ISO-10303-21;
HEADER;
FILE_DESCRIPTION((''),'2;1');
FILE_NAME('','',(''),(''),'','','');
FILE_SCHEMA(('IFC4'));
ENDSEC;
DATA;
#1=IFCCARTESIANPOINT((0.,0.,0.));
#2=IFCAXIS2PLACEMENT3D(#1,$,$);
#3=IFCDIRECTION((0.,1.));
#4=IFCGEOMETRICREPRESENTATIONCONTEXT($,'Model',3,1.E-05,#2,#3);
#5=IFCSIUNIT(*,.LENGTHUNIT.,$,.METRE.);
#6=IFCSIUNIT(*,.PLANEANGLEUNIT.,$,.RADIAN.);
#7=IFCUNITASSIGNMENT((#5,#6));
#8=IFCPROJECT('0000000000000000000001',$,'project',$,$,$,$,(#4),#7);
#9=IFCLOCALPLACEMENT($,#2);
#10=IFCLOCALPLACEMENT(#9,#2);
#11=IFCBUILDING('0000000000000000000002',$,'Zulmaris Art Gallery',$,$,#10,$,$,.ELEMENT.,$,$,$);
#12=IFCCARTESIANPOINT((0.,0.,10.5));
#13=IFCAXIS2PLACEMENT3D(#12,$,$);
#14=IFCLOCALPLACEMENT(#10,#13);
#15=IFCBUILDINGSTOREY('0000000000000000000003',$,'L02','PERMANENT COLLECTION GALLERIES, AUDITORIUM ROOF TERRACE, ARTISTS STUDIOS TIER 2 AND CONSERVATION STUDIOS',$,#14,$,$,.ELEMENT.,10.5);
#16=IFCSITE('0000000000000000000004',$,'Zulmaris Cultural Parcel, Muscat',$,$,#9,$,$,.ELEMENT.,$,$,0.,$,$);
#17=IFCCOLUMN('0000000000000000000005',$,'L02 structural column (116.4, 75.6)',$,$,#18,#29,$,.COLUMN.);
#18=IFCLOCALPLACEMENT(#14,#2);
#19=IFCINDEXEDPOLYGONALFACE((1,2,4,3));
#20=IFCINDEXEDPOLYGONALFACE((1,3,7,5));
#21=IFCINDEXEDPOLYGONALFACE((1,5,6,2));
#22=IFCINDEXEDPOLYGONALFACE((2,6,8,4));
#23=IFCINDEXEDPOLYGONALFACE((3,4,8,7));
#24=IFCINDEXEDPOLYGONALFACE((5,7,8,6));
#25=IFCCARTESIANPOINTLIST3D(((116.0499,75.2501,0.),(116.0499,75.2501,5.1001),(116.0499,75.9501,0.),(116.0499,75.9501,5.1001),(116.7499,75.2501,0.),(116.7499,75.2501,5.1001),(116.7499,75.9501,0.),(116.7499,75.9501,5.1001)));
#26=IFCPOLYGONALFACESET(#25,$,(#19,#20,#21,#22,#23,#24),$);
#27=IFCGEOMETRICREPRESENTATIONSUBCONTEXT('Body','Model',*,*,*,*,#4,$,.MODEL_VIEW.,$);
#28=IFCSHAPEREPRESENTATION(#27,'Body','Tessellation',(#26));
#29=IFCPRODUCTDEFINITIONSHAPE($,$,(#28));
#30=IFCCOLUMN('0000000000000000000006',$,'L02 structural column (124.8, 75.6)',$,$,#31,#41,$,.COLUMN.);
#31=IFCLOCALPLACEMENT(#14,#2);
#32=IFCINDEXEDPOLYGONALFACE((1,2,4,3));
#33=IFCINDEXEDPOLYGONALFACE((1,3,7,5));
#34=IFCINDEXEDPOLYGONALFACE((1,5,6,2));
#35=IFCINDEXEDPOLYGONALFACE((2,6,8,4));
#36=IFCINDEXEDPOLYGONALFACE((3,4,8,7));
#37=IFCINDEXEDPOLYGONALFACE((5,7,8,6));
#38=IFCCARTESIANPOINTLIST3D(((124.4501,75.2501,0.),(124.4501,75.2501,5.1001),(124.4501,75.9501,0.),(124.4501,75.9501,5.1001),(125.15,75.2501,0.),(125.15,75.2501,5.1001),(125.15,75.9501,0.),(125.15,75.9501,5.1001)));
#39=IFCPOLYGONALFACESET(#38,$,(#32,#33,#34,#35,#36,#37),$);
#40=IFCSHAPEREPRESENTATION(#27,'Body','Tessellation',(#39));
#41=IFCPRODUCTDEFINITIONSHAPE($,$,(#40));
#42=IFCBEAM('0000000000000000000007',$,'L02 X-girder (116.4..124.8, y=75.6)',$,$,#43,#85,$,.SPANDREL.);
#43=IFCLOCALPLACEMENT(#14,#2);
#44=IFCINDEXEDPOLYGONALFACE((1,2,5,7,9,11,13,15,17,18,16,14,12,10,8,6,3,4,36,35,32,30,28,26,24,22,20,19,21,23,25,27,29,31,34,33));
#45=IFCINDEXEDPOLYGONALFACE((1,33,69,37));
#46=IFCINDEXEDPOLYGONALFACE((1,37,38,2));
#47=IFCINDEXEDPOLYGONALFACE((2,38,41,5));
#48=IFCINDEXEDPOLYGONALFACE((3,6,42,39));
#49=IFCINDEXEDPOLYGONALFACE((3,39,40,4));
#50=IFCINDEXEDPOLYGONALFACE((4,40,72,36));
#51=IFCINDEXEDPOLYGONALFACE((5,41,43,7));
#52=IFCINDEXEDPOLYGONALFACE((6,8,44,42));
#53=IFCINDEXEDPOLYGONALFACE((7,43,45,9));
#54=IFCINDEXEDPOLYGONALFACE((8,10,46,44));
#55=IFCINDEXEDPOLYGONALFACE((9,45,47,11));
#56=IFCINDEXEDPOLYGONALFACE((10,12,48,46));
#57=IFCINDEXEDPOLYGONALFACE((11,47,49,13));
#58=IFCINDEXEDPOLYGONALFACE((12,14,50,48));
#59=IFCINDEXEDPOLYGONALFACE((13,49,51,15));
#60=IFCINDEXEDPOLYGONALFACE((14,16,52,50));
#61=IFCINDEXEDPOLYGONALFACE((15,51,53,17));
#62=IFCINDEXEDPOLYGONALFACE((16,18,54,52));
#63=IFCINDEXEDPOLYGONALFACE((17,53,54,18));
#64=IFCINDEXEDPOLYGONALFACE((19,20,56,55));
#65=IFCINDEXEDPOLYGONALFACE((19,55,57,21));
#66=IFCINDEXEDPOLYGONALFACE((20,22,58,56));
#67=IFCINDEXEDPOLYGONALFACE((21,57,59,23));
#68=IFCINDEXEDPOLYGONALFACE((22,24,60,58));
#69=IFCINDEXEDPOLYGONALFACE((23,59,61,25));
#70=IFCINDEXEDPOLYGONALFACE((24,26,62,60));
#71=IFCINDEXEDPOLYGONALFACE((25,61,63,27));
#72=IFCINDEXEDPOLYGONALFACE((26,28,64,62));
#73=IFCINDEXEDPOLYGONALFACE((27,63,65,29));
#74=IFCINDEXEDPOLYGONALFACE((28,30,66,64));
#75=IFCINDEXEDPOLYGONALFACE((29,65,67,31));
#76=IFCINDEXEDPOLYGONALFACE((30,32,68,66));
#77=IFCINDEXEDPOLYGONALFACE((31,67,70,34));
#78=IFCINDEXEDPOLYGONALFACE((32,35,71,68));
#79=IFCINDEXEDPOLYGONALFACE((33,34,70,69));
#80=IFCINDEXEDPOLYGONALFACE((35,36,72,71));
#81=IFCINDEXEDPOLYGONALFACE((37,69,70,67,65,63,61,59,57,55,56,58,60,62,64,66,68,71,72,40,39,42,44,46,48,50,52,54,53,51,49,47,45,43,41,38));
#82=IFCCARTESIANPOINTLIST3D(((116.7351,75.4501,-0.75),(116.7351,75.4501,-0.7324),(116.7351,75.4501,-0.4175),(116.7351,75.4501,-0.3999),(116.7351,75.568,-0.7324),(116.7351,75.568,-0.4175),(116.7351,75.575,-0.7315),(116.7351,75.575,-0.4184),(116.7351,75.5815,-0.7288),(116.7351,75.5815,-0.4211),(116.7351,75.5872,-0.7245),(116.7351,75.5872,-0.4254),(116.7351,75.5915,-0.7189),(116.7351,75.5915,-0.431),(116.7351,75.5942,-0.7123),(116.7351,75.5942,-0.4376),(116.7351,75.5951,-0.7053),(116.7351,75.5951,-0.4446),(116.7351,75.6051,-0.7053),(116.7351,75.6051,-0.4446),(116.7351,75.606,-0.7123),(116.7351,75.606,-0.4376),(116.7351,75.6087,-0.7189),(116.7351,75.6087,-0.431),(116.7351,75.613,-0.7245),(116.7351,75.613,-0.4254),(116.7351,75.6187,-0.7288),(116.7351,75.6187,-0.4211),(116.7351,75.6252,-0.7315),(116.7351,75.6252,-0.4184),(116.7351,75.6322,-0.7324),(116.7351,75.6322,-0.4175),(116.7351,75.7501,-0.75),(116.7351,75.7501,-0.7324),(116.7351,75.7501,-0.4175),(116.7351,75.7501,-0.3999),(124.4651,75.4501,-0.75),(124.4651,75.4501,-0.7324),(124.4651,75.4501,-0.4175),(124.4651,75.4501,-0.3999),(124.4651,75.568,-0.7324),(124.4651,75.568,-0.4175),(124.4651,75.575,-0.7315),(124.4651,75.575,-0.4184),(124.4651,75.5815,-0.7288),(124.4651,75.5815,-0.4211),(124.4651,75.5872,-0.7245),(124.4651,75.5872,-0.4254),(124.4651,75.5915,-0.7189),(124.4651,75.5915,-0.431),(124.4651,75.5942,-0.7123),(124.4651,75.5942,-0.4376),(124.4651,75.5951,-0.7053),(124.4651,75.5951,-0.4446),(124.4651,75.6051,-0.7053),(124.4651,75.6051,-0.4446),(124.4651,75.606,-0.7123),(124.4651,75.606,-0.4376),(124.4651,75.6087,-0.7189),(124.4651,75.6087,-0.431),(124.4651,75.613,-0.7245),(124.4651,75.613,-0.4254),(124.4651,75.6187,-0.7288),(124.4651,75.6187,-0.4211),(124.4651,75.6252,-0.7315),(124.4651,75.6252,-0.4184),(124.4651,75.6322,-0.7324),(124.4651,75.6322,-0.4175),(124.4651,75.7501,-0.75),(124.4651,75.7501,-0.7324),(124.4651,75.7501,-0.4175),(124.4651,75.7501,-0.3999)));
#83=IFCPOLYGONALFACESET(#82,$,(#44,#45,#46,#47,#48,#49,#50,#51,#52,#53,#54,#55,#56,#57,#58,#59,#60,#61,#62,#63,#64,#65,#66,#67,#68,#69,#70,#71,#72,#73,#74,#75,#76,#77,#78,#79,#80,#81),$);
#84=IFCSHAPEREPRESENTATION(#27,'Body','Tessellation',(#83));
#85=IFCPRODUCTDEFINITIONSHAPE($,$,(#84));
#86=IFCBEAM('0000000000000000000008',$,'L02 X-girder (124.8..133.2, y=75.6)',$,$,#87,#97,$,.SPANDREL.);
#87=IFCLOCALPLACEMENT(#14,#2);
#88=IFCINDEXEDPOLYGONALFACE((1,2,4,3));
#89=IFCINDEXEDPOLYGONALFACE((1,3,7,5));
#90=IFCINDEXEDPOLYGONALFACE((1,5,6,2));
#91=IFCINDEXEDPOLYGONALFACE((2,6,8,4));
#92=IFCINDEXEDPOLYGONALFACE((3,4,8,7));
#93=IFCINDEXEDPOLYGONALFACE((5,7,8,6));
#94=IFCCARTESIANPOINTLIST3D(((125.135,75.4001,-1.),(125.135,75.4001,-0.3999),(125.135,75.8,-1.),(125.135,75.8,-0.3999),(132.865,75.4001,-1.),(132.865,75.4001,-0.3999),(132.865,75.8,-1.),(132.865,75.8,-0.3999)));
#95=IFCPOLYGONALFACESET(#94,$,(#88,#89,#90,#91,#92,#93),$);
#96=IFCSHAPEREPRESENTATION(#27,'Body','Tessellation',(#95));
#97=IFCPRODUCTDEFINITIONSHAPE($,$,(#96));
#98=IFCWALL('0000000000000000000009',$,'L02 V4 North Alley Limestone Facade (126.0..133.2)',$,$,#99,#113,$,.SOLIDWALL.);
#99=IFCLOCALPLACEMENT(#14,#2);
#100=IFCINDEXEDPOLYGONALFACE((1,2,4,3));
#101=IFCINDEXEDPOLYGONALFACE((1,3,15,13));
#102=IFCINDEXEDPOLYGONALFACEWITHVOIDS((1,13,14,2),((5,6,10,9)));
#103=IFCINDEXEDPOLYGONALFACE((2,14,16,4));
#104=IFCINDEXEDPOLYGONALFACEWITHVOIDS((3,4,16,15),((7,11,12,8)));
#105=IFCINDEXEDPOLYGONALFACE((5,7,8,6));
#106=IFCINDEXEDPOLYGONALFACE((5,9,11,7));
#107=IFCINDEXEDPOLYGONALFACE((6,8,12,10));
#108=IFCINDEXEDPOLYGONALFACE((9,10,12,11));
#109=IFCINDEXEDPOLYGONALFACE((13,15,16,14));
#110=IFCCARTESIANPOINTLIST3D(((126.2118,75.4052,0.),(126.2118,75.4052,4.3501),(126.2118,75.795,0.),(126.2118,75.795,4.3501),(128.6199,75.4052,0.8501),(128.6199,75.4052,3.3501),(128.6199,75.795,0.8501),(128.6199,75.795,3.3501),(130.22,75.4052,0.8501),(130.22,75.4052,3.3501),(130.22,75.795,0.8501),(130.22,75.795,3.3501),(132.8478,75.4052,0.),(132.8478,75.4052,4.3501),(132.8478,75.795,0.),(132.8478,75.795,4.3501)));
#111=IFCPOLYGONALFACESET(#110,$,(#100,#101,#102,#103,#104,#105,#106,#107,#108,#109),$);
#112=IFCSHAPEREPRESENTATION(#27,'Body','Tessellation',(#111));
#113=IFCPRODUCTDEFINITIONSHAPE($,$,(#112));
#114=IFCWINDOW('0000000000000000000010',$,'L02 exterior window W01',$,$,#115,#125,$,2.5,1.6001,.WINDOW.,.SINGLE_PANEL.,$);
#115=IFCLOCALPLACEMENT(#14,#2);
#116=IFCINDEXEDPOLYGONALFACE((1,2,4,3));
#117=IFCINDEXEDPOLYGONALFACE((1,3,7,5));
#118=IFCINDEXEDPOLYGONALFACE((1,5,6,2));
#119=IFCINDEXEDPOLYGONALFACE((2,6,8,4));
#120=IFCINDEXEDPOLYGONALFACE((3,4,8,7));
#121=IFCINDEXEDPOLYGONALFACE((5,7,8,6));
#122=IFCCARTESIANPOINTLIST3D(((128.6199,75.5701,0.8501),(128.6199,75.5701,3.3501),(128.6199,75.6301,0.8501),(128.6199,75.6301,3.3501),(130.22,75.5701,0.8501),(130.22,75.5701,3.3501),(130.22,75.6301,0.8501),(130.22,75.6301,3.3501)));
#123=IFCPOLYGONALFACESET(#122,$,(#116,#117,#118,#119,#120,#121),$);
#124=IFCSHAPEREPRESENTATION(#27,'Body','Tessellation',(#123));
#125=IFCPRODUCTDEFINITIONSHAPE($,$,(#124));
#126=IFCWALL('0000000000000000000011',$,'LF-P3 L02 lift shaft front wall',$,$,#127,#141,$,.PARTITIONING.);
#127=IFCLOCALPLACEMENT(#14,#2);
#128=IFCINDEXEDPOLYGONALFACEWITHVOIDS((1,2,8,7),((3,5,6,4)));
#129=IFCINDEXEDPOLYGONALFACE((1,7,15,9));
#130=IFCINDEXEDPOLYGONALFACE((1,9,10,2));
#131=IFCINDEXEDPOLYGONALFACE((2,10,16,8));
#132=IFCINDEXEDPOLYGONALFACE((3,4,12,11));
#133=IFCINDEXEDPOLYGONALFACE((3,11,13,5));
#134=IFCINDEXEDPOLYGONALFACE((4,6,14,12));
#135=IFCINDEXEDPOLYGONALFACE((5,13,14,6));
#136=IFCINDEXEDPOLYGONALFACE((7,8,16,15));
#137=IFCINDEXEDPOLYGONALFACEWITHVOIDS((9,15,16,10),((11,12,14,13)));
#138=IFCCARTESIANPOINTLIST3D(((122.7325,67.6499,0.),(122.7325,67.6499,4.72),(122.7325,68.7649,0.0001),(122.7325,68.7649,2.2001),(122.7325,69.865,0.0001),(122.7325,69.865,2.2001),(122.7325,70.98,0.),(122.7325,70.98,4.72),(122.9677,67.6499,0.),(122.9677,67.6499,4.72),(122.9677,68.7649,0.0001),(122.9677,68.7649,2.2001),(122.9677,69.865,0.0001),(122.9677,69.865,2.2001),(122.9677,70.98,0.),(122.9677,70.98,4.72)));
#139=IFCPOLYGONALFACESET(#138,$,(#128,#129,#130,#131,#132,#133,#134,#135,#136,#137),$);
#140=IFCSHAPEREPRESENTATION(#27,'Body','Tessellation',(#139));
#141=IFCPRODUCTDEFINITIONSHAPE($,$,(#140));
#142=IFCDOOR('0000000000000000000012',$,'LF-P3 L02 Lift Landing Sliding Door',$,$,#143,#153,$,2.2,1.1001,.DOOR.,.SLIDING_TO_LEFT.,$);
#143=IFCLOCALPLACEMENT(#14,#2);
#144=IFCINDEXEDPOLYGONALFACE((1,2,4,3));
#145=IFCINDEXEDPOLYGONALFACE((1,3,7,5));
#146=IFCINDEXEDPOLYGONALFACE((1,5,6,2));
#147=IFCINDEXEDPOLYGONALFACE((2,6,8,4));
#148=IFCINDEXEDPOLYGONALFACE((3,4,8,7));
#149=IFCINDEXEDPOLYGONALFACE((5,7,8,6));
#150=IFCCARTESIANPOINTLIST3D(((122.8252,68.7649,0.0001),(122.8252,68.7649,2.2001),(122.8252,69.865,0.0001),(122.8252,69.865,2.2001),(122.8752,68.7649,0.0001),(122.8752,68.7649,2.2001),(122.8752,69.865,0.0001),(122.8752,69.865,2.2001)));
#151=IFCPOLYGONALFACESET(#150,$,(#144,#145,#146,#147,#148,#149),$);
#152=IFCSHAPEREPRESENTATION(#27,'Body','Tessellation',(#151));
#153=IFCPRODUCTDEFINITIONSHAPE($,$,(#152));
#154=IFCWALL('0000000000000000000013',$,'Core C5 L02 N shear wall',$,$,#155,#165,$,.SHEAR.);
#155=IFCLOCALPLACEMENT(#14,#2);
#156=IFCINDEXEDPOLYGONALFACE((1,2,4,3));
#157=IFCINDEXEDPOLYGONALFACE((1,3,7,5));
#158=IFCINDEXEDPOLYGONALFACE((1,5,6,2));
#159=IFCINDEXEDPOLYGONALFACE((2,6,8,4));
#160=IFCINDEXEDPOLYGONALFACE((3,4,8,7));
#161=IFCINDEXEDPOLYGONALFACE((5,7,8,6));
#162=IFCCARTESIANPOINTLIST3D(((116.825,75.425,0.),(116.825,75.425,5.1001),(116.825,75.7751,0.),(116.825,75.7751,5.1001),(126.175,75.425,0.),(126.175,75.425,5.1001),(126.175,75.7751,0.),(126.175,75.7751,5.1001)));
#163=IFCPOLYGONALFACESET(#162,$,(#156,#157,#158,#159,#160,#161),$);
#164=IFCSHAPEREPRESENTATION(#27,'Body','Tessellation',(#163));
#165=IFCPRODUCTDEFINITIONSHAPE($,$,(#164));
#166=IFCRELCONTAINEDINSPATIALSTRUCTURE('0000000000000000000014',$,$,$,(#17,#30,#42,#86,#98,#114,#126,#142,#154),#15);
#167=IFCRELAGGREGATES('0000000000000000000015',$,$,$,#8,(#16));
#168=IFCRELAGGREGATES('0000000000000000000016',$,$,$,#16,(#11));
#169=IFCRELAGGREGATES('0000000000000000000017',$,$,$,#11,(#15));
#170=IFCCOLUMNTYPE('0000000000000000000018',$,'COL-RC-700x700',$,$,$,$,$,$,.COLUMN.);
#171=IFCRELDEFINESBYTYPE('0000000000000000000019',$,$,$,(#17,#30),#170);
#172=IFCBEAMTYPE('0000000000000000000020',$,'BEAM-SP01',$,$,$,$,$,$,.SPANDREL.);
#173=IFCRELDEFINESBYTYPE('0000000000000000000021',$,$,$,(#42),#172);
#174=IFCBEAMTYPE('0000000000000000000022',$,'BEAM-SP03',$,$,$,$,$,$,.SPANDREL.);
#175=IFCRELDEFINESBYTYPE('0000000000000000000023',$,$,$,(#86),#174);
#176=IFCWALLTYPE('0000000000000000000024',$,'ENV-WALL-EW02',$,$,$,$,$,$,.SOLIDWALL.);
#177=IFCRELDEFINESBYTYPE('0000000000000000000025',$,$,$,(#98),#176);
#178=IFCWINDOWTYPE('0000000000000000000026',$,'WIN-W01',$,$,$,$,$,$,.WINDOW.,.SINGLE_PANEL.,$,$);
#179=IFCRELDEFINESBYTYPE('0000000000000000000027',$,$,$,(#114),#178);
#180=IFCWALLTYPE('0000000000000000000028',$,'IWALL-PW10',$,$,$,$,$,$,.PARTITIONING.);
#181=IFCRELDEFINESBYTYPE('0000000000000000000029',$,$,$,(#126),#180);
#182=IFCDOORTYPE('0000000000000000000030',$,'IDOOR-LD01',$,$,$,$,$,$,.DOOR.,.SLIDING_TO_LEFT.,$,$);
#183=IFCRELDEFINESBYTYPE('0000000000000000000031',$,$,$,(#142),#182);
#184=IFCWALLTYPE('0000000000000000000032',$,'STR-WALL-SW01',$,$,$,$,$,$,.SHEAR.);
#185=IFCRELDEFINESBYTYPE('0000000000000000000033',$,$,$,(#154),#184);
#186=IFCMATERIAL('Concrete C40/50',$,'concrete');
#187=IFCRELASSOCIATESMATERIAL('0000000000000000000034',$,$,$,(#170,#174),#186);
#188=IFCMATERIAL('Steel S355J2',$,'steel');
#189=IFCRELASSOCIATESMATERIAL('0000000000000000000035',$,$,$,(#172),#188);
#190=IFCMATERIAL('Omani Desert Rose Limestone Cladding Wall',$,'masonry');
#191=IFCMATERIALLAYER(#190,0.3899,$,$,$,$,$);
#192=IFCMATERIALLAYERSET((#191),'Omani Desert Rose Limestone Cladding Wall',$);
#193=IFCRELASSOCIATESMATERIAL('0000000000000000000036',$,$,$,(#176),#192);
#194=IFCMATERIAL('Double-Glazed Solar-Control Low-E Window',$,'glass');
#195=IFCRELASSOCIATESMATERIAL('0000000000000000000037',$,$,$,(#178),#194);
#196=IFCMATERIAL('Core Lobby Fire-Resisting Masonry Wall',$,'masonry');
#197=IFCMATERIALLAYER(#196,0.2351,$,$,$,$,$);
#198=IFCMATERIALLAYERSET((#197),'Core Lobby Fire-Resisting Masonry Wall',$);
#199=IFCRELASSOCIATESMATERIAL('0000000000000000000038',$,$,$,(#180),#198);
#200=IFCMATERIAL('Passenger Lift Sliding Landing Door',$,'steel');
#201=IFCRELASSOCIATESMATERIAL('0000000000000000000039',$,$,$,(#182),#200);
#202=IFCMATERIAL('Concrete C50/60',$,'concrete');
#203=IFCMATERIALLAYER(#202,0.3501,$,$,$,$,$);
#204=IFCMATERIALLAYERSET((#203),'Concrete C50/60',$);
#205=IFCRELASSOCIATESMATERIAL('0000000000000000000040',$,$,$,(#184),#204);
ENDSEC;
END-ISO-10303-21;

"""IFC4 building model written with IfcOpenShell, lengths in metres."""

from ifc_helpers import new_model, si_unit, direction, frame, frame_2d, origin, origin_2d, place, context, subcontext, project, spatial, rectangle, i_section, extrude, material, layer, layer_set, material_profile, profile_set, type_object, element, fill, save


model = new_model("IFC4")

# Units and contexts
model_context = context("Model", 3, precision=1e-05, world=origin(), true_north=direction((0.0, 1.0)))
body_context = subcontext(model_context, "Body", "Model", "MODEL_VIEW")
ifc_project = project(units=[si_unit("LENGTHUNIT", "METRE"), si_unit("PLANEANGLEUNIT", "RADIAN")], contexts=[model_context])

# Site, building, storey
site_placement = place(None, origin())
site = spatial("IfcSite", under=ifc_project, at=site_placement, Name="Zulmaris Cultural Parcel, Muscat", CompositionType="ELEMENT", RefElevation=0.0)
building_placement = place(site_placement, origin())
building = spatial("IfcBuilding", under=site, at=building_placement, Name="Zulmaris Art Gallery", CompositionType="ELEMENT")
storey_placement = place(building_placement, frame((0.0, 0.0, 10.5)))
storey = spatial("IfcBuildingStorey", under=building, at=storey_placement, Name="L02", Description="PERMANENT COLLECTION GALLERIES, AUDITORIUM ROOF TERRACE, ARTISTS STUDIOS TIER 2 AND CONSERVATION STUDIOS", CompositionType="ELEMENT", Elevation=10.5)

# Columns
ifc_material_1 = material(Name="Concrete C40/50", Category="concrete")
ifc_material_profile_1 = material_profile(ifc_material_1, rectangle(XDim=0.7, YDim=0.7, at=origin_2d()), Name="RC 700x700")
ifc_profile_set_1 = profile_set([ifc_material_profile_1], Name="Concrete C40/50")
column_type = type_object("IfcColumnType", Name="COL-RC-700x700", PredefinedType="COLUMN", material=ifc_profile_set_1)
for number, where, z_axis, x_axis, name in (
    (1, (116.3999, 75.6001, 0.0), (0.0, 0.0, 1.0), (1.0, 0.0, 0.0), "L02 structural column (116.4, 75.6)"),
    (2, (124.8, 75.6001, 0.0), (0.0, 0.0, 1.0), (1.0, 0.0, 0.0), "L02 structural column (124.8, 75.6)"),
):
    element("IfcColumn", number, at=place(storey_placement, frame(where, z_axis=z_axis, x_axis=x_axis)), inside=storey, type_object=column_type, Name=name, PredefinedType="COLUMN", context=body_context, shape_type="SweptSolid", body=[
        extrude(rectangle(XDim=0.7, YDim=0.7, at=origin_2d()), origin(), (0.0, 0.0, 1.0), 5.1001),
    ])

# Beams
ifc_material_2 = material(Name="Steel S355J2", Category="steel")
ifc_material_profile_2 = material_profile(ifc_material_2, i_section(OverallWidth=0.3, OverallDepth=0.3501, WebThickness=0.01, FlangeThickness=0.0176, FilletRadius=0.0271, at=origin_2d()), Name="HEA 360")
ifc_profile_set_2 = profile_set([ifc_material_profile_2], Name="Steel S355J2")
beam_type_1 = type_object("IfcBeamType", Name="BEAM-SP01", PredefinedType="SPANDREL", material=ifc_profile_set_2)
beam_1_placement = place(storey_placement, frame((116.7351, 75.6001, -0.575), z_axis=(1.0, 0.0, 0.0), x_axis=(0.0, 1.0, 0.0)))
element("IfcBeam", 3, at=beam_1_placement, inside=storey, type_object=beam_type_1, Name="L02 X-girder (116.4..124.8, y=75.6)", PredefinedType="SPANDREL", context=body_context, shape_type="SweptSolid", body=[
    extrude(i_section(OverallWidth=0.3, OverallDepth=0.3501, WebThickness=0.01, FlangeThickness=0.0176, FilletRadius=0.0271, at=origin_2d()), origin(), (0.0, 0.0, 1.0), 7.73),
])
ifc_material_profile_3 = material_profile(ifc_material_1, rectangle(XDim=0.3999, YDim=0.6001, at=origin_2d()), Name="RC 400x600")
ifc_profile_set_3 = profile_set([ifc_material_profile_3], Name="Concrete C40/50")
beam_type_2 = type_object("IfcBeamType", Name="BEAM-SP03", PredefinedType="SPANDREL", material=ifc_profile_set_3)
beam_2_placement = place(storey_placement, frame((125.135, 75.6001, -0.7), z_axis=(1.0, 0.0, 0.0), x_axis=(0.0, 1.0, 0.0)))
element("IfcBeam", 4, at=beam_2_placement, inside=storey, type_object=beam_type_2, Name="L02 X-girder (124.8..133.2, y=75.6)", PredefinedType="SPANDREL", context=body_context, shape_type="SweptSolid", body=[
    extrude(rectangle(XDim=0.3999, YDim=0.6001, at=origin_2d()), origin(), (0.0, 0.0, 1.0), 7.73),
])

# Wall, opening, window
ifc_material_3 = material(Name="Omani Desert Rose Limestone Cladding Wall", Category="masonry")
ifc_layer_1 = layer(ifc_material_3, 0.3899)
ifc_layer_set_1 = layer_set([ifc_layer_1], Name="Omani Desert Rose Limestone Cladding Wall")
wall_type_1 = type_object("IfcWallType", Name="ENV-WALL-EW02", PredefinedType="SOLIDWALL", material=ifc_layer_set_1)
wall_1_placement = place(storey_placement, frame((126.2119, 75.6001, 0.0), z_axis=(0.0, 0.0, 1.0), x_axis=(1.0, 0.0, 0.0)))
wall_1 = element("IfcWall", 5, at=wall_1_placement, inside=storey, type_object=wall_type_1, Name="L02 V4 North Alley Limestone Facade (126.0..133.2)", PredefinedType="SOLIDWALL", context=body_context, shape_type="SweptSolid", body=[
    extrude(rectangle(XDim=6.636, YDim=0.3899, at=frame_2d((3.3179, 0.0))), origin(), (0.0, 0.0, 1.0), 4.3501),
])
opening_1_placement = place(wall_1_placement, frame((2.408, 0.0, 0.8501)))
opening_1 = element("IfcOpeningElement", 6, at=opening_1_placement, cuts=wall_1, PredefinedType="OPENING", context=body_context, shape_type="SweptSolid", body=[
    extrude(rectangle(XDim=1.6001, YDim=2.5, at=frame_2d((0.8, 1.25))), frame((0.0, 0.2048, 0.0), z_axis=(0.0, -1.0, 0.0), x_axis=(1.0, 0.0, 0.0)), (0.0, 0.0, 1.0), 0.4099),
])
ifc_material_4 = material(Name="Double-Glazed Solar-Control Low-E Window", Category="glass")
window_type = type_object("IfcWindowType", Name="WIN-W01", PartitioningType="SINGLE_PANEL", PredefinedType="WINDOW", material=ifc_material_4)
window_placement = place(opening_1_placement, origin())
window = element("IfcWindow", 7, at=window_placement, inside=storey, type_object=window_type, Name="L02 exterior window W01", OverallHeight=2.5, OverallWidth=1.6001, PartitioningType="SINGLE_PANEL", PredefinedType="WINDOW", context=body_context, shape_type="SweptSolid", body=[
    extrude(rectangle(XDim=1.6001, YDim=2.5, at=frame_2d((0.8, 1.25))), frame((0.0, 0.03, 0.0), z_axis=(0.0, -1.0, 0.0), x_axis=(1.0, 0.0, 0.0)), (0.0, 0.0, 1.0), 0.0601),
])
fill(opening_1, window)

# Wall, opening, door
ifc_material_5 = material(Name="Core Lobby Fire-Resisting Masonry Wall", Category="masonry")
ifc_layer_2 = layer(ifc_material_5, 0.2351)
ifc_layer_set_2 = layer_set([ifc_layer_2], Name="Core Lobby Fire-Resisting Masonry Wall")
wall_type_2 = type_object("IfcWallType", Name="IWALL-PW10", PredefinedType="PARTITIONING", material=ifc_layer_set_2)
wall_2_placement = place(storey_placement, frame((122.8501, 67.6499, 0.0), z_axis=(0.0, 0.0, 1.0), x_axis=(0.0, 1.0, 0.0)))
wall_2 = element("IfcWall", 8, at=wall_2_placement, inside=storey, type_object=wall_type_2, Name="LF-P3 L02 lift shaft front wall", PredefinedType="PARTITIONING", context=body_context, shape_type="SweptSolid", body=[
    extrude(rectangle(XDim=3.3301, YDim=0.2351, at=frame_2d((1.665, 0.0))), origin(), (0.0, 0.0, 1.0), 4.72),
])
opening_2_placement = place(wall_2_placement, frame((1.115, 0.0, 0.0)))
opening_2 = element("IfcOpeningElement", 9, at=opening_2_placement, cuts=wall_2, PredefinedType="OPENING", context=body_context, shape_type="SweptSolid", body=[
    extrude(rectangle(XDim=1.1001, YDim=2.2, at=frame_2d((0.55, 1.1001))), frame((0.0, 0.1274, 0.0), z_axis=(0.0, -1.0, 0.0), x_axis=(1.0, 0.0, 0.0)), (0.0, 0.0, 1.0), 0.2551),
])
ifc_material_6 = material(Name="Passenger Lift Sliding Landing Door", Category="steel")
door_type_1 = type_object("IfcDoorType", Name="IDOOR-LD01", OperationType="SLIDING_TO_LEFT", PredefinedType="DOOR", material=ifc_material_6)
door_1_placement = place(opening_2_placement, origin())
door_1 = element("IfcDoor", 10, at=door_1_placement, inside=storey, type_object=door_type_1, Name="LF-P3 L02 Lift Landing Sliding Door", OperationType="SLIDING_TO_LEFT", OverallHeight=2.2, OverallWidth=1.1001, PredefinedType="DOOR", context=body_context, shape_type="SweptSolid", body=[
    extrude(rectangle(XDim=1.1001, YDim=2.2, at=frame_2d((0.55, 1.1001))), frame((0.0, 0.0249, 0.0), z_axis=(0.0, -1.0, 0.0), x_axis=(1.0, 0.0, 0.0)), (0.0, 0.0, 1.0), 0.05),
])
fill(opening_2, door_1)

# Wall
ifc_material_7 = material(Name="Concrete C50/60", Category="concrete")
ifc_layer_3 = layer(ifc_material_7, 0.3501)
ifc_layer_set_3 = layer_set([ifc_layer_3], Name="Concrete C50/60")
wall_type_3 = type_object("IfcWallType", Name="STR-WALL-SW01", PredefinedType="SHEAR", material=ifc_layer_set_3)
wall_3_placement = place(storey_placement, frame((116.825, 75.6001, 0.0), z_axis=(0.0, 0.0, 1.0), x_axis=(1.0, 0.0, 0.0)))
element("IfcWall", 11, at=wall_3_placement, inside=storey, type_object=wall_type_3, Name="Core C5 L02 N shear wall", PredefinedType="SHEAR", context=body_context, shape_type="SweptSolid", body=[
    extrude(rectangle(XDim=9.3501, YDim=0.3501, at=frame_2d((4.675, 0.0))), origin(), (0.0, 0.0, 1.0), 5.1001),
])

save(model, "model.ifc")
